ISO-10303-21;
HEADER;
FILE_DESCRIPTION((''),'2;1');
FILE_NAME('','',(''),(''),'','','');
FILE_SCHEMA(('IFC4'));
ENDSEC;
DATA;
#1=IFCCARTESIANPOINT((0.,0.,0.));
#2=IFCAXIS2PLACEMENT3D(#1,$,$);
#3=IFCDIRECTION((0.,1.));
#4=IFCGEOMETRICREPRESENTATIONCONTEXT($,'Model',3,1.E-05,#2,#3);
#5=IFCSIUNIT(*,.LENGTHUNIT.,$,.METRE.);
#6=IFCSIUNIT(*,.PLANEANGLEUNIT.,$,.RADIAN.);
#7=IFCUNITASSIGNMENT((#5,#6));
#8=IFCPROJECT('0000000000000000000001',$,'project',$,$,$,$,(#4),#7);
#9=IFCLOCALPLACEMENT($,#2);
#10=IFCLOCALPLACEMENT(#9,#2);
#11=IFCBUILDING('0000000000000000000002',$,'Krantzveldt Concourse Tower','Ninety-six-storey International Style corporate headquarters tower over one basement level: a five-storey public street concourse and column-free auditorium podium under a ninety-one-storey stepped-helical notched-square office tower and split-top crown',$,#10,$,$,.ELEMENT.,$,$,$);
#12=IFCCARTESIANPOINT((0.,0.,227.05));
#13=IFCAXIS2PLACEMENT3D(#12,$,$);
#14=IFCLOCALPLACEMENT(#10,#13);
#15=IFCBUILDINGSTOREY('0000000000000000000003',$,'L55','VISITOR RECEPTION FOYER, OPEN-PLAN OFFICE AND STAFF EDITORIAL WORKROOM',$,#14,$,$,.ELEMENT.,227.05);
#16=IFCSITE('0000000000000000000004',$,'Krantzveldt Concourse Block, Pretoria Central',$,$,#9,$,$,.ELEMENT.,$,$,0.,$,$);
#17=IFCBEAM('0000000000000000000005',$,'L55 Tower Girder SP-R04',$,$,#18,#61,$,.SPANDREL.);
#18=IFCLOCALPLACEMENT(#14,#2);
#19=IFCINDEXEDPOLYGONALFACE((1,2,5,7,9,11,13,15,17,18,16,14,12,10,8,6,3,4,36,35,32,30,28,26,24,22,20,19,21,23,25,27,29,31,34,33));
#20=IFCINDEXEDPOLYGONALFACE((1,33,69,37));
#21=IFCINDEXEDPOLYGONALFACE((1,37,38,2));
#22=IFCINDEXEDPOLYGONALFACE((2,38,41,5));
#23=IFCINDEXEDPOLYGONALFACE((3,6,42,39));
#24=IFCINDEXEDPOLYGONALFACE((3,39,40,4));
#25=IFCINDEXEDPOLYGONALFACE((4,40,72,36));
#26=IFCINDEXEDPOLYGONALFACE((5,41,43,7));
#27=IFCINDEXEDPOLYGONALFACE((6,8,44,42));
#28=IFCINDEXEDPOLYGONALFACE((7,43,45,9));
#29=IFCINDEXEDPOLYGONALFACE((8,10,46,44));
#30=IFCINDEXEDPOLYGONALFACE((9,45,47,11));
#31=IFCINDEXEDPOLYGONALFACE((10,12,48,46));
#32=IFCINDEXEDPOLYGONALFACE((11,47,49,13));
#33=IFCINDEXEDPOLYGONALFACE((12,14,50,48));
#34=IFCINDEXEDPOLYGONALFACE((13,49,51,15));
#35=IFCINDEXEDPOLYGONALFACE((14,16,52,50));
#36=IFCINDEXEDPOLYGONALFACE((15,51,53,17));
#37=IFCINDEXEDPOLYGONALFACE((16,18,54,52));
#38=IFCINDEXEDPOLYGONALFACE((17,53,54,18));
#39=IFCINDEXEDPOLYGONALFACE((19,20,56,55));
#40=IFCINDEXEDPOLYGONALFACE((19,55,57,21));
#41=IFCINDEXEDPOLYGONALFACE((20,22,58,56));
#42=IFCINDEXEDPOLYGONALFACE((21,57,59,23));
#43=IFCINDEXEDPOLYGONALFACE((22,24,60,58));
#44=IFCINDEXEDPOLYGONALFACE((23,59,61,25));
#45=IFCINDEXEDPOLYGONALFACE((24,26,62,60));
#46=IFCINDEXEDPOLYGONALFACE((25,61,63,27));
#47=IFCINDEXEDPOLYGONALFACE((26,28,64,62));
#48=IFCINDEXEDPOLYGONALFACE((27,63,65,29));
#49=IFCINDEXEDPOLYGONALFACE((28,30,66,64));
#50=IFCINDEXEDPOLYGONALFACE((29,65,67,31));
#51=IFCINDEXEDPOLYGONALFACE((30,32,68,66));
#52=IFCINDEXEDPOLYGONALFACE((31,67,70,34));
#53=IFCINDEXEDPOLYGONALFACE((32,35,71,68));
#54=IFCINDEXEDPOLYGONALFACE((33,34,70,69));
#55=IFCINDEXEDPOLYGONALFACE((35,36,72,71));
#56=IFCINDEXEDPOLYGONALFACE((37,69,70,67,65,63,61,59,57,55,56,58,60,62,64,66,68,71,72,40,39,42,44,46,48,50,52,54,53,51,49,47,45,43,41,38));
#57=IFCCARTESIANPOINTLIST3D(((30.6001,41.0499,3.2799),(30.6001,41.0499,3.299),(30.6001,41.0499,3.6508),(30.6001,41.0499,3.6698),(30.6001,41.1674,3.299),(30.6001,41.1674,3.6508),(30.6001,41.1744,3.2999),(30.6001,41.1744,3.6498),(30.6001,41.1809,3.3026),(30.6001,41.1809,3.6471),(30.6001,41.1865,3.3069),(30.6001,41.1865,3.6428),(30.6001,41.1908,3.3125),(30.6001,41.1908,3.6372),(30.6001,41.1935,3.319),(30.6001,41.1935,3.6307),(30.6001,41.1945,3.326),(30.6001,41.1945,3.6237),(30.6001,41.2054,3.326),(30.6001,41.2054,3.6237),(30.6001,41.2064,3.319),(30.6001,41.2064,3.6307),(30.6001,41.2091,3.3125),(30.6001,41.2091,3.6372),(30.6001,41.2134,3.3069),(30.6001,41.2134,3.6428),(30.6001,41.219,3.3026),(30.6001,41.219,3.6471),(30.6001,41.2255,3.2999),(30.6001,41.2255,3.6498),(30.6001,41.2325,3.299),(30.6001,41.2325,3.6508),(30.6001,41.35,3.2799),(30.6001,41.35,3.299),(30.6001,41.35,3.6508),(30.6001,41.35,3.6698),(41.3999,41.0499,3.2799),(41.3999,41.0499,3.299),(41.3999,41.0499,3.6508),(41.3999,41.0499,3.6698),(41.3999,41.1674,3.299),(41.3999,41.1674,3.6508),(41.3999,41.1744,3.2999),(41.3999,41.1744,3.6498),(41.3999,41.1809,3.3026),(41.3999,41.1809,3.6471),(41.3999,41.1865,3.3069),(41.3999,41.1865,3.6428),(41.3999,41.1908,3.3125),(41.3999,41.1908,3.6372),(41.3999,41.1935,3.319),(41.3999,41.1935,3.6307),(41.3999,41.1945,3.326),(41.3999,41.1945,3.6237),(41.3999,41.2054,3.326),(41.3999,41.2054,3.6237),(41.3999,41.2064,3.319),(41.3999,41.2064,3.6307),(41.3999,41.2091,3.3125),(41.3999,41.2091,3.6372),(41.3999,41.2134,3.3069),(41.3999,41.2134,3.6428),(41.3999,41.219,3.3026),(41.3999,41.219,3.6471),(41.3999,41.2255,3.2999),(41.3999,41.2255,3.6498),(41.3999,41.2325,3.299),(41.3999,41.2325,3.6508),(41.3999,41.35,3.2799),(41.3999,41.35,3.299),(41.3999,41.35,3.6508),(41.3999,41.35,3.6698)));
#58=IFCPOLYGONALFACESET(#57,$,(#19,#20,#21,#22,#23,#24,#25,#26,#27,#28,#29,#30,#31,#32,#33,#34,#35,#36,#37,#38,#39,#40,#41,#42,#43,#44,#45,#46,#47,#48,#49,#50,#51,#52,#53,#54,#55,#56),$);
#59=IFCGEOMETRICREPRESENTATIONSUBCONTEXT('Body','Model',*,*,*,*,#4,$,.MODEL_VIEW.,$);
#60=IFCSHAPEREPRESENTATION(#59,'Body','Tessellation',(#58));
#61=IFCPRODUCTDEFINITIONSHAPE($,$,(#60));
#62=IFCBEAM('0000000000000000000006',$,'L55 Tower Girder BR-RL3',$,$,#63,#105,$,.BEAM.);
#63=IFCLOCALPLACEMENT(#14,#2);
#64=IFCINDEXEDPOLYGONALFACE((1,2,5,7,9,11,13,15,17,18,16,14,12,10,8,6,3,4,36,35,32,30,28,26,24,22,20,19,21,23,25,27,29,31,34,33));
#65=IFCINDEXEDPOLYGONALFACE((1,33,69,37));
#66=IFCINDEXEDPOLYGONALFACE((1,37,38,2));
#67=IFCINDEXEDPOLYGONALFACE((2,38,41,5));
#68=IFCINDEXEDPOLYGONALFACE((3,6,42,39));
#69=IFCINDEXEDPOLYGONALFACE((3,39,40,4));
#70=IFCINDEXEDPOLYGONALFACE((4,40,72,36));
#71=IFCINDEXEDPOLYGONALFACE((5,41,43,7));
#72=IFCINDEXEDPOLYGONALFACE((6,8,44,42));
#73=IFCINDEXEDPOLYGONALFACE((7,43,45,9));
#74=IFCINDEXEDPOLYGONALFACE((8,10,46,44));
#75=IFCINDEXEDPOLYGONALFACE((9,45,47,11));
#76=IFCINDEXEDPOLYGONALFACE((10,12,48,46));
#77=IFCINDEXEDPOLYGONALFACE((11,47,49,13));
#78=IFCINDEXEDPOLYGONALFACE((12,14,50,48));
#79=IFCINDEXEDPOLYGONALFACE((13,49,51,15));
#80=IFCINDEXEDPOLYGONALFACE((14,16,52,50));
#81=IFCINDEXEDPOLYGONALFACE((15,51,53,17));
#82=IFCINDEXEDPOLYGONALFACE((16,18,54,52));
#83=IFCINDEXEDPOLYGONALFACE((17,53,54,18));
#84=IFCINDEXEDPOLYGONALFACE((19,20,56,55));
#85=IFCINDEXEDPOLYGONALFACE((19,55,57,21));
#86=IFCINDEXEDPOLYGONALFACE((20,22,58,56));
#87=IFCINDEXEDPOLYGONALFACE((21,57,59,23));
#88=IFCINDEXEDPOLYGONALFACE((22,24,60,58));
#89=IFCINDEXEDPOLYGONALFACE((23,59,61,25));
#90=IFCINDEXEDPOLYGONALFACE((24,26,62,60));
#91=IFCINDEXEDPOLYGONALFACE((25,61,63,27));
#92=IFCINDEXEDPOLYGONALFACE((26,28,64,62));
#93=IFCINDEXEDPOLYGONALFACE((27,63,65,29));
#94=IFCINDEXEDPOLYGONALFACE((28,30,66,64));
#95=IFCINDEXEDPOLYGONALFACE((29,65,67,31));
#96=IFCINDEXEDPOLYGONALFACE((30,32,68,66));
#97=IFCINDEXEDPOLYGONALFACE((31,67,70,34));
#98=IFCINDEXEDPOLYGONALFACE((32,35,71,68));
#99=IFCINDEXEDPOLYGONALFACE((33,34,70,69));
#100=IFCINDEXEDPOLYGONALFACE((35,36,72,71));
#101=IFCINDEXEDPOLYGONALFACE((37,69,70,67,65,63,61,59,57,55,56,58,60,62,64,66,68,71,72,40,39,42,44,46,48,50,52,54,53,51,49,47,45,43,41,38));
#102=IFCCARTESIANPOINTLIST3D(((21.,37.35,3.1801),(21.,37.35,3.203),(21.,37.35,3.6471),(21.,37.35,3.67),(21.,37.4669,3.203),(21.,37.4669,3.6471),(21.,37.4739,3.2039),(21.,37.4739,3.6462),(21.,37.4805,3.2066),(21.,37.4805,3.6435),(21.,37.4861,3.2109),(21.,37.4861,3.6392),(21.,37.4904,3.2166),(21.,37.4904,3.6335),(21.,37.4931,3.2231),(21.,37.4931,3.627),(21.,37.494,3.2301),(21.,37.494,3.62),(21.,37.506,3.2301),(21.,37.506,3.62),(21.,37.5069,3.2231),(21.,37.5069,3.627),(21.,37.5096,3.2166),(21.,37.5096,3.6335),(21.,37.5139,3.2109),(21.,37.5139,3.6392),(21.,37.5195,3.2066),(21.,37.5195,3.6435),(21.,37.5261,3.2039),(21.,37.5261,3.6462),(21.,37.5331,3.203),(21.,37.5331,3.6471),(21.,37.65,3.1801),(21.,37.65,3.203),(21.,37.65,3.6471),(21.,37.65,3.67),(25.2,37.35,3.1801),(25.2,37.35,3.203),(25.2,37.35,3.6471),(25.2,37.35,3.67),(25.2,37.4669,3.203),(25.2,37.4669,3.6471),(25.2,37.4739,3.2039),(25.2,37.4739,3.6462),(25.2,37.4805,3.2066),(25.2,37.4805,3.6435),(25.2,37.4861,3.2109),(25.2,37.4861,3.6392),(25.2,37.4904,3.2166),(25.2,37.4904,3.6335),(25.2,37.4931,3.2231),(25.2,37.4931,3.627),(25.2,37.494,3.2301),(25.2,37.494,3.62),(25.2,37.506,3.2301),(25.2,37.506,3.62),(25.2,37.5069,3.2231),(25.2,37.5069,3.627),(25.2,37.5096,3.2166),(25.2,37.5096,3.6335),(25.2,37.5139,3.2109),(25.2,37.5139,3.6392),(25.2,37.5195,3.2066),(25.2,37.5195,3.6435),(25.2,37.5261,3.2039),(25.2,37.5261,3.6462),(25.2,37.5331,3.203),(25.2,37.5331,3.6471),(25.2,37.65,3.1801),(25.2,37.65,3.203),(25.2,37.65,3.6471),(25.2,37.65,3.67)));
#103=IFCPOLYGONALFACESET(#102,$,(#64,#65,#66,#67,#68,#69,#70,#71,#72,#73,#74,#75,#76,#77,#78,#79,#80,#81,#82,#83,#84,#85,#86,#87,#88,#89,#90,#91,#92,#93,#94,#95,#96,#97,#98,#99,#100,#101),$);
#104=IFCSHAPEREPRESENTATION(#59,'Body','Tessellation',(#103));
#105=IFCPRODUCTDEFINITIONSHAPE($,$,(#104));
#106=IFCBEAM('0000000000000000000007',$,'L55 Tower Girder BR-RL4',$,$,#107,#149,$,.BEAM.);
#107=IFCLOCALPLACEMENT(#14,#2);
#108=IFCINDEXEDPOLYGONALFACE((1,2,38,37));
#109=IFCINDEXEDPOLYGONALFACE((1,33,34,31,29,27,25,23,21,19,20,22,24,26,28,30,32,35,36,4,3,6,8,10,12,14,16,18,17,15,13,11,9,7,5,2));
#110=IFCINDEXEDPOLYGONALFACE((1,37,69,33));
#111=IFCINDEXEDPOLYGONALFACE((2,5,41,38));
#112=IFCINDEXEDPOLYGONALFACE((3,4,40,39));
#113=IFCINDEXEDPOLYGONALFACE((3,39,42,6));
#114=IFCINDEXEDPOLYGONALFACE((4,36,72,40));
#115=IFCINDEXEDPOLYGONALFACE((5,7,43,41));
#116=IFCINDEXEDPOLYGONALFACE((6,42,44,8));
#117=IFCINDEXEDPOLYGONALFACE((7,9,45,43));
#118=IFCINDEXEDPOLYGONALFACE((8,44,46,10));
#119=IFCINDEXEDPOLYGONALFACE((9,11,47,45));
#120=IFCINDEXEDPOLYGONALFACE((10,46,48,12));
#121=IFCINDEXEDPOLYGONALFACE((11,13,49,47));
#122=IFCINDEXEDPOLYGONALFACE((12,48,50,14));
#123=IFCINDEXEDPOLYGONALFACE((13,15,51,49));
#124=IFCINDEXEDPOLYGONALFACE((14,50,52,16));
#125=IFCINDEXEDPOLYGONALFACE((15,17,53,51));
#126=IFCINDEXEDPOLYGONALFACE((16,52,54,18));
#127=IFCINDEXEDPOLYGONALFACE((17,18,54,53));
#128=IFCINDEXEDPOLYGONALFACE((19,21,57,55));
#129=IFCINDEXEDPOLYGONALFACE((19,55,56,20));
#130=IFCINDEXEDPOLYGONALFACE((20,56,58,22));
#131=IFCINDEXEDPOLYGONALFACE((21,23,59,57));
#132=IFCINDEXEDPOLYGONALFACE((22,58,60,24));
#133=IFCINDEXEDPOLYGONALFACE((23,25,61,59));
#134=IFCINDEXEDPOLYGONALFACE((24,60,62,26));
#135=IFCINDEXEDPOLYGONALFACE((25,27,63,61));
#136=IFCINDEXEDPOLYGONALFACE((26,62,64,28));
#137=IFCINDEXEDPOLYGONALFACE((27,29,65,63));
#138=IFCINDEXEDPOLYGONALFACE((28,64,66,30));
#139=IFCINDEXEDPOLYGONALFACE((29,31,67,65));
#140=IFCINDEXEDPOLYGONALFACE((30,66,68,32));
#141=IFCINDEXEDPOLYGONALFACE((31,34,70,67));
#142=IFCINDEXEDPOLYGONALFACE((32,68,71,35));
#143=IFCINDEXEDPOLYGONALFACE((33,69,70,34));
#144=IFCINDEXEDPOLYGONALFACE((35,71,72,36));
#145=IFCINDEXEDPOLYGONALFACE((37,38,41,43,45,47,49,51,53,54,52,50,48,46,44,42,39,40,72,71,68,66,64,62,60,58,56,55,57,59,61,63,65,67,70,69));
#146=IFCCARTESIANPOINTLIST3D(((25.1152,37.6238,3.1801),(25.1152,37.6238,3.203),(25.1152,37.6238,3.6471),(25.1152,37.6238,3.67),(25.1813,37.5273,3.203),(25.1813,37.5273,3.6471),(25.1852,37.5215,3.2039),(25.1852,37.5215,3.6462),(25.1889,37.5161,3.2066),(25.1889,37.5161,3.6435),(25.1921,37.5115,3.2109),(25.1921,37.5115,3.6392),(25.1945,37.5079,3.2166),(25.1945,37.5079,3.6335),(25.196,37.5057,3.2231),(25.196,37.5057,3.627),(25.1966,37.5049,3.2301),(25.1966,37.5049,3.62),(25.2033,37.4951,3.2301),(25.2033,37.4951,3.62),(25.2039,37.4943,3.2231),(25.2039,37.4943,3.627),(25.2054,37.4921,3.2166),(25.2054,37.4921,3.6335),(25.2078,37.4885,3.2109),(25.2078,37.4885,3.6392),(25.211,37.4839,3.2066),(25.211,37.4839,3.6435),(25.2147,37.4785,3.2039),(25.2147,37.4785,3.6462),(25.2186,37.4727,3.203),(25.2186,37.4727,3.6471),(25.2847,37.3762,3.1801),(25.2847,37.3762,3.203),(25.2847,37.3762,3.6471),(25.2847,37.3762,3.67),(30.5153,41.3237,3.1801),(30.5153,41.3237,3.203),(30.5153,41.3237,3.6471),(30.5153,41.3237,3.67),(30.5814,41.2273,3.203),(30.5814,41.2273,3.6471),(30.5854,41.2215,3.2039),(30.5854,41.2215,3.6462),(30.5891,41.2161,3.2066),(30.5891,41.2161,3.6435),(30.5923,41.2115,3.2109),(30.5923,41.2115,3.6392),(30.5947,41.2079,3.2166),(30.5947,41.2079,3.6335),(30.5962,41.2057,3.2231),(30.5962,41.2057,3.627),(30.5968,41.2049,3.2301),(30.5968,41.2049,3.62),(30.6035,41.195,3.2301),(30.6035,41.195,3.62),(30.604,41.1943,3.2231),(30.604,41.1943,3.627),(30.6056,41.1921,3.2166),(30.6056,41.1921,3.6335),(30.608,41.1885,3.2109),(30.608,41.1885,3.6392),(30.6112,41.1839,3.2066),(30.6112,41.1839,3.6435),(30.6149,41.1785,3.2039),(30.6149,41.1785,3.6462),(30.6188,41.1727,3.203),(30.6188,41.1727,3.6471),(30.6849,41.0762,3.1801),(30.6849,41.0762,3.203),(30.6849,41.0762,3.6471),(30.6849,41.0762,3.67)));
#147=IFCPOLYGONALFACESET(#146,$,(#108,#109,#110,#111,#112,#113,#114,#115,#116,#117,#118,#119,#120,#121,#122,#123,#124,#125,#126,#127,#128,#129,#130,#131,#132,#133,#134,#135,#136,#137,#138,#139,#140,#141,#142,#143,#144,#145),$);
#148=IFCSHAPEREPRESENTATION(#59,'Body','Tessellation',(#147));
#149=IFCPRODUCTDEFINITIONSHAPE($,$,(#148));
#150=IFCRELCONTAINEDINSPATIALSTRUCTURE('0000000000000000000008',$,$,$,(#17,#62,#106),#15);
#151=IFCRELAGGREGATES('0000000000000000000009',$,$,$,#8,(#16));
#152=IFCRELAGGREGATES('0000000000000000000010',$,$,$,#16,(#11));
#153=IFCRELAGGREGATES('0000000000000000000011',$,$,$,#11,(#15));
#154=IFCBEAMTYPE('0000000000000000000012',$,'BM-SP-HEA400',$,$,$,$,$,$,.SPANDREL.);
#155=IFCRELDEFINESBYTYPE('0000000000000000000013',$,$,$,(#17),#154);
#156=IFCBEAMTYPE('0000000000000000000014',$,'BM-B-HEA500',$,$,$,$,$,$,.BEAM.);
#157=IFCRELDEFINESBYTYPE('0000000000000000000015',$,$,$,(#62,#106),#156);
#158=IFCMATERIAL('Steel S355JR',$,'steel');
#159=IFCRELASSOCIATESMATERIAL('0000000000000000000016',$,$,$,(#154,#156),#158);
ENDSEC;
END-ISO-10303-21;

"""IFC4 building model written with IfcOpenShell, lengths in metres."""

from ifc_helpers import new_model, si_unit, direction, frame, origin, origin_2d, place, context, subcontext, project, spatial, i_section, extrude, source, transform, mapped, material, material_profile, profile_set, type_object, type_shapes, element, save


model = new_model("IFC4")

# Units and contexts
model_context = context("Model", 3, precision=1e-05, world=origin(), true_north=direction((0.0, 1.0)))
body_context = subcontext(model_context, "Body", "Model", "MODEL_VIEW")
ifc_project = project(units=[si_unit("LENGTHUNIT", "METRE"), si_unit("PLANEANGLEUNIT", "RADIAN")], contexts=[model_context])

# Site, building, storey
site_placement = place(None, origin())
site = spatial("IfcSite", under=ifc_project, at=site_placement, Name="Krantzveldt Concourse Block, Pretoria Central", CompositionType="ELEMENT", RefElevation=0.0)
building_placement = place(site_placement, origin())
building = spatial("IfcBuilding", under=site, at=building_placement, Name="Krantzveldt Concourse Tower", Description="Ninety-six-storey International Style corporate headquarters tower over one basement level: a five-storey public street concourse and column-free auditorium podium under a ninety-one-storey stepped-helical notched-square office tower and split-top crown", CompositionType="ELEMENT")
storey_placement = place(building_placement, frame((0.0, 0.0, 227.05)))
storey = spatial("IfcBuildingStorey", under=building, at=storey_placement, Name="L55", Description="VISITOR RECEPTION FOYER, OPEN-PLAN OFFICE AND STAFF EDITORIAL WORKROOM", CompositionType="ELEMENT", Elevation=227.05)

# Beams
ifc_material_1 = material(Name="Steel S355JR", Category="steel")
ifc_material_profile_1 = material_profile(ifc_material_1, i_section(OverallWidth=0.3, OverallDepth=0.3899, WebThickness=0.011, FlangeThickness=0.019, FilletRadius=0.0271, at=origin_2d()), Name="Steel S355JR", Category="steel")
ifc_profile_set_1 = profile_set([ifc_material_profile_1], Name="Steel S355JR - HEA 400")
beam_type_1 = type_object("IfcBeamType", Name="BM-SP-HEA400", PredefinedType="SPANDREL", material=ifc_profile_set_1)
shared_shape_1 = source(origin(), body_context, "Body", "SweptSolid", [
    extrude(i_section(OverallWidth=0.3, OverallDepth=0.3899, WebThickness=0.011, FlangeThickness=0.019, FilletRadius=0.0271, at=origin_2d()), origin(), (0.0, 0.0, 1.0), 10.7998),
])
beam_1_placement = place(storey_placement, frame((30.6001, 41.2, 3.4749), z_axis=(1.0, 0.0, 0.0), x_axis=(0.0, 1.0, 0.0)))
element("IfcBeam", 1, at=beam_1_placement, inside=storey, type_object=beam_type_1, Name="L55 Tower Girder SP-R04", PredefinedType="SPANDREL", context=body_context, shape_type="MappedRepresentation", body=[
    mapped(shared_shape_1, transform((0.0, 0.0, 0.0), x_axis=(1.0, 0.0, 0.0), y_axis=(0.0, 1.0, 0.0), z_axis=(0.0, 0.0, 1.0), scale=1.0)),
])
ifc_material_profile_2 = material_profile(ifc_material_1, i_section(OverallWidth=0.3, OverallDepth=0.49, WebThickness=0.012, FlangeThickness=0.0229, FilletRadius=0.0271, at=origin_2d()), Name="Steel S355JR", Category="steel")
ifc_profile_set_2 = profile_set([ifc_material_profile_2], Name="Steel S355JR - HEA 500")
beam_type_2 = type_object("IfcBeamType", Name="BM-B-HEA500", PredefinedType="BEAM", material=ifc_profile_set_2)
shared_shape_2 = source(origin(), body_context, "Body", "SweptSolid", [
    extrude(i_section(OverallWidth=0.3, OverallDepth=0.49, WebThickness=0.012, FlangeThickness=0.0229, FilletRadius=0.0271, at=origin_2d()), origin(), (0.0, 0.0, 1.0), 4.2),
])
beam_2_placement = place(storey_placement, frame((21.0, 37.5, 3.425), z_axis=(1.0, 0.0, 0.0), x_axis=(0.0, 1.0, 0.0)))
element("IfcBeam", 2, at=beam_2_placement, inside=storey, type_object=beam_type_2, Name="L55 Tower Girder BR-RL3", PredefinedType="BEAM", context=body_context, shape_type="MappedRepresentation", body=[
    mapped(shared_shape_2, transform((0.0, 0.0, 0.0), x_axis=(1.0, 0.0, 0.0), y_axis=(0.0, 1.0, 0.0), z_axis=(0.0, 0.0, 1.0), scale=1.0)),
])
shared_shape_3 = source(origin(), body_context, "Body", "SweptSolid", [
    extrude(i_section(OverallWidth=0.3, OverallDepth=0.49, WebThickness=0.012, FlangeThickness=0.0229, FilletRadius=0.0271, at=origin_2d()), origin(), (0.0, 0.0, 1.0), 6.5461),
])
type_shapes(beam_type_2, [shared_shape_2, shared_shape_3])
beam_3_placement = place(storey_placement, frame((25.2, 37.5, 3.425), z_axis=(0.824943, 0.565216, 0.0), x_axis=(-0.565216, 0.824943, 0.0)))
element("IfcBeam", 3, at=beam_3_placement, inside=storey, type_object=beam_type_2, Name="L55 Tower Girder BR-RL4", PredefinedType="BEAM", context=body_context, shape_type="MappedRepresentation", body=[
    mapped(shared_shape_3, transform((0.0, 0.0, 0.0), x_axis=(1.0, 0.0, 0.0), y_axis=(0.0, 1.0, 0.0), z_axis=(0.0, 0.0, 1.0), scale=1.0)),
])

save(model, "model.ifc")
